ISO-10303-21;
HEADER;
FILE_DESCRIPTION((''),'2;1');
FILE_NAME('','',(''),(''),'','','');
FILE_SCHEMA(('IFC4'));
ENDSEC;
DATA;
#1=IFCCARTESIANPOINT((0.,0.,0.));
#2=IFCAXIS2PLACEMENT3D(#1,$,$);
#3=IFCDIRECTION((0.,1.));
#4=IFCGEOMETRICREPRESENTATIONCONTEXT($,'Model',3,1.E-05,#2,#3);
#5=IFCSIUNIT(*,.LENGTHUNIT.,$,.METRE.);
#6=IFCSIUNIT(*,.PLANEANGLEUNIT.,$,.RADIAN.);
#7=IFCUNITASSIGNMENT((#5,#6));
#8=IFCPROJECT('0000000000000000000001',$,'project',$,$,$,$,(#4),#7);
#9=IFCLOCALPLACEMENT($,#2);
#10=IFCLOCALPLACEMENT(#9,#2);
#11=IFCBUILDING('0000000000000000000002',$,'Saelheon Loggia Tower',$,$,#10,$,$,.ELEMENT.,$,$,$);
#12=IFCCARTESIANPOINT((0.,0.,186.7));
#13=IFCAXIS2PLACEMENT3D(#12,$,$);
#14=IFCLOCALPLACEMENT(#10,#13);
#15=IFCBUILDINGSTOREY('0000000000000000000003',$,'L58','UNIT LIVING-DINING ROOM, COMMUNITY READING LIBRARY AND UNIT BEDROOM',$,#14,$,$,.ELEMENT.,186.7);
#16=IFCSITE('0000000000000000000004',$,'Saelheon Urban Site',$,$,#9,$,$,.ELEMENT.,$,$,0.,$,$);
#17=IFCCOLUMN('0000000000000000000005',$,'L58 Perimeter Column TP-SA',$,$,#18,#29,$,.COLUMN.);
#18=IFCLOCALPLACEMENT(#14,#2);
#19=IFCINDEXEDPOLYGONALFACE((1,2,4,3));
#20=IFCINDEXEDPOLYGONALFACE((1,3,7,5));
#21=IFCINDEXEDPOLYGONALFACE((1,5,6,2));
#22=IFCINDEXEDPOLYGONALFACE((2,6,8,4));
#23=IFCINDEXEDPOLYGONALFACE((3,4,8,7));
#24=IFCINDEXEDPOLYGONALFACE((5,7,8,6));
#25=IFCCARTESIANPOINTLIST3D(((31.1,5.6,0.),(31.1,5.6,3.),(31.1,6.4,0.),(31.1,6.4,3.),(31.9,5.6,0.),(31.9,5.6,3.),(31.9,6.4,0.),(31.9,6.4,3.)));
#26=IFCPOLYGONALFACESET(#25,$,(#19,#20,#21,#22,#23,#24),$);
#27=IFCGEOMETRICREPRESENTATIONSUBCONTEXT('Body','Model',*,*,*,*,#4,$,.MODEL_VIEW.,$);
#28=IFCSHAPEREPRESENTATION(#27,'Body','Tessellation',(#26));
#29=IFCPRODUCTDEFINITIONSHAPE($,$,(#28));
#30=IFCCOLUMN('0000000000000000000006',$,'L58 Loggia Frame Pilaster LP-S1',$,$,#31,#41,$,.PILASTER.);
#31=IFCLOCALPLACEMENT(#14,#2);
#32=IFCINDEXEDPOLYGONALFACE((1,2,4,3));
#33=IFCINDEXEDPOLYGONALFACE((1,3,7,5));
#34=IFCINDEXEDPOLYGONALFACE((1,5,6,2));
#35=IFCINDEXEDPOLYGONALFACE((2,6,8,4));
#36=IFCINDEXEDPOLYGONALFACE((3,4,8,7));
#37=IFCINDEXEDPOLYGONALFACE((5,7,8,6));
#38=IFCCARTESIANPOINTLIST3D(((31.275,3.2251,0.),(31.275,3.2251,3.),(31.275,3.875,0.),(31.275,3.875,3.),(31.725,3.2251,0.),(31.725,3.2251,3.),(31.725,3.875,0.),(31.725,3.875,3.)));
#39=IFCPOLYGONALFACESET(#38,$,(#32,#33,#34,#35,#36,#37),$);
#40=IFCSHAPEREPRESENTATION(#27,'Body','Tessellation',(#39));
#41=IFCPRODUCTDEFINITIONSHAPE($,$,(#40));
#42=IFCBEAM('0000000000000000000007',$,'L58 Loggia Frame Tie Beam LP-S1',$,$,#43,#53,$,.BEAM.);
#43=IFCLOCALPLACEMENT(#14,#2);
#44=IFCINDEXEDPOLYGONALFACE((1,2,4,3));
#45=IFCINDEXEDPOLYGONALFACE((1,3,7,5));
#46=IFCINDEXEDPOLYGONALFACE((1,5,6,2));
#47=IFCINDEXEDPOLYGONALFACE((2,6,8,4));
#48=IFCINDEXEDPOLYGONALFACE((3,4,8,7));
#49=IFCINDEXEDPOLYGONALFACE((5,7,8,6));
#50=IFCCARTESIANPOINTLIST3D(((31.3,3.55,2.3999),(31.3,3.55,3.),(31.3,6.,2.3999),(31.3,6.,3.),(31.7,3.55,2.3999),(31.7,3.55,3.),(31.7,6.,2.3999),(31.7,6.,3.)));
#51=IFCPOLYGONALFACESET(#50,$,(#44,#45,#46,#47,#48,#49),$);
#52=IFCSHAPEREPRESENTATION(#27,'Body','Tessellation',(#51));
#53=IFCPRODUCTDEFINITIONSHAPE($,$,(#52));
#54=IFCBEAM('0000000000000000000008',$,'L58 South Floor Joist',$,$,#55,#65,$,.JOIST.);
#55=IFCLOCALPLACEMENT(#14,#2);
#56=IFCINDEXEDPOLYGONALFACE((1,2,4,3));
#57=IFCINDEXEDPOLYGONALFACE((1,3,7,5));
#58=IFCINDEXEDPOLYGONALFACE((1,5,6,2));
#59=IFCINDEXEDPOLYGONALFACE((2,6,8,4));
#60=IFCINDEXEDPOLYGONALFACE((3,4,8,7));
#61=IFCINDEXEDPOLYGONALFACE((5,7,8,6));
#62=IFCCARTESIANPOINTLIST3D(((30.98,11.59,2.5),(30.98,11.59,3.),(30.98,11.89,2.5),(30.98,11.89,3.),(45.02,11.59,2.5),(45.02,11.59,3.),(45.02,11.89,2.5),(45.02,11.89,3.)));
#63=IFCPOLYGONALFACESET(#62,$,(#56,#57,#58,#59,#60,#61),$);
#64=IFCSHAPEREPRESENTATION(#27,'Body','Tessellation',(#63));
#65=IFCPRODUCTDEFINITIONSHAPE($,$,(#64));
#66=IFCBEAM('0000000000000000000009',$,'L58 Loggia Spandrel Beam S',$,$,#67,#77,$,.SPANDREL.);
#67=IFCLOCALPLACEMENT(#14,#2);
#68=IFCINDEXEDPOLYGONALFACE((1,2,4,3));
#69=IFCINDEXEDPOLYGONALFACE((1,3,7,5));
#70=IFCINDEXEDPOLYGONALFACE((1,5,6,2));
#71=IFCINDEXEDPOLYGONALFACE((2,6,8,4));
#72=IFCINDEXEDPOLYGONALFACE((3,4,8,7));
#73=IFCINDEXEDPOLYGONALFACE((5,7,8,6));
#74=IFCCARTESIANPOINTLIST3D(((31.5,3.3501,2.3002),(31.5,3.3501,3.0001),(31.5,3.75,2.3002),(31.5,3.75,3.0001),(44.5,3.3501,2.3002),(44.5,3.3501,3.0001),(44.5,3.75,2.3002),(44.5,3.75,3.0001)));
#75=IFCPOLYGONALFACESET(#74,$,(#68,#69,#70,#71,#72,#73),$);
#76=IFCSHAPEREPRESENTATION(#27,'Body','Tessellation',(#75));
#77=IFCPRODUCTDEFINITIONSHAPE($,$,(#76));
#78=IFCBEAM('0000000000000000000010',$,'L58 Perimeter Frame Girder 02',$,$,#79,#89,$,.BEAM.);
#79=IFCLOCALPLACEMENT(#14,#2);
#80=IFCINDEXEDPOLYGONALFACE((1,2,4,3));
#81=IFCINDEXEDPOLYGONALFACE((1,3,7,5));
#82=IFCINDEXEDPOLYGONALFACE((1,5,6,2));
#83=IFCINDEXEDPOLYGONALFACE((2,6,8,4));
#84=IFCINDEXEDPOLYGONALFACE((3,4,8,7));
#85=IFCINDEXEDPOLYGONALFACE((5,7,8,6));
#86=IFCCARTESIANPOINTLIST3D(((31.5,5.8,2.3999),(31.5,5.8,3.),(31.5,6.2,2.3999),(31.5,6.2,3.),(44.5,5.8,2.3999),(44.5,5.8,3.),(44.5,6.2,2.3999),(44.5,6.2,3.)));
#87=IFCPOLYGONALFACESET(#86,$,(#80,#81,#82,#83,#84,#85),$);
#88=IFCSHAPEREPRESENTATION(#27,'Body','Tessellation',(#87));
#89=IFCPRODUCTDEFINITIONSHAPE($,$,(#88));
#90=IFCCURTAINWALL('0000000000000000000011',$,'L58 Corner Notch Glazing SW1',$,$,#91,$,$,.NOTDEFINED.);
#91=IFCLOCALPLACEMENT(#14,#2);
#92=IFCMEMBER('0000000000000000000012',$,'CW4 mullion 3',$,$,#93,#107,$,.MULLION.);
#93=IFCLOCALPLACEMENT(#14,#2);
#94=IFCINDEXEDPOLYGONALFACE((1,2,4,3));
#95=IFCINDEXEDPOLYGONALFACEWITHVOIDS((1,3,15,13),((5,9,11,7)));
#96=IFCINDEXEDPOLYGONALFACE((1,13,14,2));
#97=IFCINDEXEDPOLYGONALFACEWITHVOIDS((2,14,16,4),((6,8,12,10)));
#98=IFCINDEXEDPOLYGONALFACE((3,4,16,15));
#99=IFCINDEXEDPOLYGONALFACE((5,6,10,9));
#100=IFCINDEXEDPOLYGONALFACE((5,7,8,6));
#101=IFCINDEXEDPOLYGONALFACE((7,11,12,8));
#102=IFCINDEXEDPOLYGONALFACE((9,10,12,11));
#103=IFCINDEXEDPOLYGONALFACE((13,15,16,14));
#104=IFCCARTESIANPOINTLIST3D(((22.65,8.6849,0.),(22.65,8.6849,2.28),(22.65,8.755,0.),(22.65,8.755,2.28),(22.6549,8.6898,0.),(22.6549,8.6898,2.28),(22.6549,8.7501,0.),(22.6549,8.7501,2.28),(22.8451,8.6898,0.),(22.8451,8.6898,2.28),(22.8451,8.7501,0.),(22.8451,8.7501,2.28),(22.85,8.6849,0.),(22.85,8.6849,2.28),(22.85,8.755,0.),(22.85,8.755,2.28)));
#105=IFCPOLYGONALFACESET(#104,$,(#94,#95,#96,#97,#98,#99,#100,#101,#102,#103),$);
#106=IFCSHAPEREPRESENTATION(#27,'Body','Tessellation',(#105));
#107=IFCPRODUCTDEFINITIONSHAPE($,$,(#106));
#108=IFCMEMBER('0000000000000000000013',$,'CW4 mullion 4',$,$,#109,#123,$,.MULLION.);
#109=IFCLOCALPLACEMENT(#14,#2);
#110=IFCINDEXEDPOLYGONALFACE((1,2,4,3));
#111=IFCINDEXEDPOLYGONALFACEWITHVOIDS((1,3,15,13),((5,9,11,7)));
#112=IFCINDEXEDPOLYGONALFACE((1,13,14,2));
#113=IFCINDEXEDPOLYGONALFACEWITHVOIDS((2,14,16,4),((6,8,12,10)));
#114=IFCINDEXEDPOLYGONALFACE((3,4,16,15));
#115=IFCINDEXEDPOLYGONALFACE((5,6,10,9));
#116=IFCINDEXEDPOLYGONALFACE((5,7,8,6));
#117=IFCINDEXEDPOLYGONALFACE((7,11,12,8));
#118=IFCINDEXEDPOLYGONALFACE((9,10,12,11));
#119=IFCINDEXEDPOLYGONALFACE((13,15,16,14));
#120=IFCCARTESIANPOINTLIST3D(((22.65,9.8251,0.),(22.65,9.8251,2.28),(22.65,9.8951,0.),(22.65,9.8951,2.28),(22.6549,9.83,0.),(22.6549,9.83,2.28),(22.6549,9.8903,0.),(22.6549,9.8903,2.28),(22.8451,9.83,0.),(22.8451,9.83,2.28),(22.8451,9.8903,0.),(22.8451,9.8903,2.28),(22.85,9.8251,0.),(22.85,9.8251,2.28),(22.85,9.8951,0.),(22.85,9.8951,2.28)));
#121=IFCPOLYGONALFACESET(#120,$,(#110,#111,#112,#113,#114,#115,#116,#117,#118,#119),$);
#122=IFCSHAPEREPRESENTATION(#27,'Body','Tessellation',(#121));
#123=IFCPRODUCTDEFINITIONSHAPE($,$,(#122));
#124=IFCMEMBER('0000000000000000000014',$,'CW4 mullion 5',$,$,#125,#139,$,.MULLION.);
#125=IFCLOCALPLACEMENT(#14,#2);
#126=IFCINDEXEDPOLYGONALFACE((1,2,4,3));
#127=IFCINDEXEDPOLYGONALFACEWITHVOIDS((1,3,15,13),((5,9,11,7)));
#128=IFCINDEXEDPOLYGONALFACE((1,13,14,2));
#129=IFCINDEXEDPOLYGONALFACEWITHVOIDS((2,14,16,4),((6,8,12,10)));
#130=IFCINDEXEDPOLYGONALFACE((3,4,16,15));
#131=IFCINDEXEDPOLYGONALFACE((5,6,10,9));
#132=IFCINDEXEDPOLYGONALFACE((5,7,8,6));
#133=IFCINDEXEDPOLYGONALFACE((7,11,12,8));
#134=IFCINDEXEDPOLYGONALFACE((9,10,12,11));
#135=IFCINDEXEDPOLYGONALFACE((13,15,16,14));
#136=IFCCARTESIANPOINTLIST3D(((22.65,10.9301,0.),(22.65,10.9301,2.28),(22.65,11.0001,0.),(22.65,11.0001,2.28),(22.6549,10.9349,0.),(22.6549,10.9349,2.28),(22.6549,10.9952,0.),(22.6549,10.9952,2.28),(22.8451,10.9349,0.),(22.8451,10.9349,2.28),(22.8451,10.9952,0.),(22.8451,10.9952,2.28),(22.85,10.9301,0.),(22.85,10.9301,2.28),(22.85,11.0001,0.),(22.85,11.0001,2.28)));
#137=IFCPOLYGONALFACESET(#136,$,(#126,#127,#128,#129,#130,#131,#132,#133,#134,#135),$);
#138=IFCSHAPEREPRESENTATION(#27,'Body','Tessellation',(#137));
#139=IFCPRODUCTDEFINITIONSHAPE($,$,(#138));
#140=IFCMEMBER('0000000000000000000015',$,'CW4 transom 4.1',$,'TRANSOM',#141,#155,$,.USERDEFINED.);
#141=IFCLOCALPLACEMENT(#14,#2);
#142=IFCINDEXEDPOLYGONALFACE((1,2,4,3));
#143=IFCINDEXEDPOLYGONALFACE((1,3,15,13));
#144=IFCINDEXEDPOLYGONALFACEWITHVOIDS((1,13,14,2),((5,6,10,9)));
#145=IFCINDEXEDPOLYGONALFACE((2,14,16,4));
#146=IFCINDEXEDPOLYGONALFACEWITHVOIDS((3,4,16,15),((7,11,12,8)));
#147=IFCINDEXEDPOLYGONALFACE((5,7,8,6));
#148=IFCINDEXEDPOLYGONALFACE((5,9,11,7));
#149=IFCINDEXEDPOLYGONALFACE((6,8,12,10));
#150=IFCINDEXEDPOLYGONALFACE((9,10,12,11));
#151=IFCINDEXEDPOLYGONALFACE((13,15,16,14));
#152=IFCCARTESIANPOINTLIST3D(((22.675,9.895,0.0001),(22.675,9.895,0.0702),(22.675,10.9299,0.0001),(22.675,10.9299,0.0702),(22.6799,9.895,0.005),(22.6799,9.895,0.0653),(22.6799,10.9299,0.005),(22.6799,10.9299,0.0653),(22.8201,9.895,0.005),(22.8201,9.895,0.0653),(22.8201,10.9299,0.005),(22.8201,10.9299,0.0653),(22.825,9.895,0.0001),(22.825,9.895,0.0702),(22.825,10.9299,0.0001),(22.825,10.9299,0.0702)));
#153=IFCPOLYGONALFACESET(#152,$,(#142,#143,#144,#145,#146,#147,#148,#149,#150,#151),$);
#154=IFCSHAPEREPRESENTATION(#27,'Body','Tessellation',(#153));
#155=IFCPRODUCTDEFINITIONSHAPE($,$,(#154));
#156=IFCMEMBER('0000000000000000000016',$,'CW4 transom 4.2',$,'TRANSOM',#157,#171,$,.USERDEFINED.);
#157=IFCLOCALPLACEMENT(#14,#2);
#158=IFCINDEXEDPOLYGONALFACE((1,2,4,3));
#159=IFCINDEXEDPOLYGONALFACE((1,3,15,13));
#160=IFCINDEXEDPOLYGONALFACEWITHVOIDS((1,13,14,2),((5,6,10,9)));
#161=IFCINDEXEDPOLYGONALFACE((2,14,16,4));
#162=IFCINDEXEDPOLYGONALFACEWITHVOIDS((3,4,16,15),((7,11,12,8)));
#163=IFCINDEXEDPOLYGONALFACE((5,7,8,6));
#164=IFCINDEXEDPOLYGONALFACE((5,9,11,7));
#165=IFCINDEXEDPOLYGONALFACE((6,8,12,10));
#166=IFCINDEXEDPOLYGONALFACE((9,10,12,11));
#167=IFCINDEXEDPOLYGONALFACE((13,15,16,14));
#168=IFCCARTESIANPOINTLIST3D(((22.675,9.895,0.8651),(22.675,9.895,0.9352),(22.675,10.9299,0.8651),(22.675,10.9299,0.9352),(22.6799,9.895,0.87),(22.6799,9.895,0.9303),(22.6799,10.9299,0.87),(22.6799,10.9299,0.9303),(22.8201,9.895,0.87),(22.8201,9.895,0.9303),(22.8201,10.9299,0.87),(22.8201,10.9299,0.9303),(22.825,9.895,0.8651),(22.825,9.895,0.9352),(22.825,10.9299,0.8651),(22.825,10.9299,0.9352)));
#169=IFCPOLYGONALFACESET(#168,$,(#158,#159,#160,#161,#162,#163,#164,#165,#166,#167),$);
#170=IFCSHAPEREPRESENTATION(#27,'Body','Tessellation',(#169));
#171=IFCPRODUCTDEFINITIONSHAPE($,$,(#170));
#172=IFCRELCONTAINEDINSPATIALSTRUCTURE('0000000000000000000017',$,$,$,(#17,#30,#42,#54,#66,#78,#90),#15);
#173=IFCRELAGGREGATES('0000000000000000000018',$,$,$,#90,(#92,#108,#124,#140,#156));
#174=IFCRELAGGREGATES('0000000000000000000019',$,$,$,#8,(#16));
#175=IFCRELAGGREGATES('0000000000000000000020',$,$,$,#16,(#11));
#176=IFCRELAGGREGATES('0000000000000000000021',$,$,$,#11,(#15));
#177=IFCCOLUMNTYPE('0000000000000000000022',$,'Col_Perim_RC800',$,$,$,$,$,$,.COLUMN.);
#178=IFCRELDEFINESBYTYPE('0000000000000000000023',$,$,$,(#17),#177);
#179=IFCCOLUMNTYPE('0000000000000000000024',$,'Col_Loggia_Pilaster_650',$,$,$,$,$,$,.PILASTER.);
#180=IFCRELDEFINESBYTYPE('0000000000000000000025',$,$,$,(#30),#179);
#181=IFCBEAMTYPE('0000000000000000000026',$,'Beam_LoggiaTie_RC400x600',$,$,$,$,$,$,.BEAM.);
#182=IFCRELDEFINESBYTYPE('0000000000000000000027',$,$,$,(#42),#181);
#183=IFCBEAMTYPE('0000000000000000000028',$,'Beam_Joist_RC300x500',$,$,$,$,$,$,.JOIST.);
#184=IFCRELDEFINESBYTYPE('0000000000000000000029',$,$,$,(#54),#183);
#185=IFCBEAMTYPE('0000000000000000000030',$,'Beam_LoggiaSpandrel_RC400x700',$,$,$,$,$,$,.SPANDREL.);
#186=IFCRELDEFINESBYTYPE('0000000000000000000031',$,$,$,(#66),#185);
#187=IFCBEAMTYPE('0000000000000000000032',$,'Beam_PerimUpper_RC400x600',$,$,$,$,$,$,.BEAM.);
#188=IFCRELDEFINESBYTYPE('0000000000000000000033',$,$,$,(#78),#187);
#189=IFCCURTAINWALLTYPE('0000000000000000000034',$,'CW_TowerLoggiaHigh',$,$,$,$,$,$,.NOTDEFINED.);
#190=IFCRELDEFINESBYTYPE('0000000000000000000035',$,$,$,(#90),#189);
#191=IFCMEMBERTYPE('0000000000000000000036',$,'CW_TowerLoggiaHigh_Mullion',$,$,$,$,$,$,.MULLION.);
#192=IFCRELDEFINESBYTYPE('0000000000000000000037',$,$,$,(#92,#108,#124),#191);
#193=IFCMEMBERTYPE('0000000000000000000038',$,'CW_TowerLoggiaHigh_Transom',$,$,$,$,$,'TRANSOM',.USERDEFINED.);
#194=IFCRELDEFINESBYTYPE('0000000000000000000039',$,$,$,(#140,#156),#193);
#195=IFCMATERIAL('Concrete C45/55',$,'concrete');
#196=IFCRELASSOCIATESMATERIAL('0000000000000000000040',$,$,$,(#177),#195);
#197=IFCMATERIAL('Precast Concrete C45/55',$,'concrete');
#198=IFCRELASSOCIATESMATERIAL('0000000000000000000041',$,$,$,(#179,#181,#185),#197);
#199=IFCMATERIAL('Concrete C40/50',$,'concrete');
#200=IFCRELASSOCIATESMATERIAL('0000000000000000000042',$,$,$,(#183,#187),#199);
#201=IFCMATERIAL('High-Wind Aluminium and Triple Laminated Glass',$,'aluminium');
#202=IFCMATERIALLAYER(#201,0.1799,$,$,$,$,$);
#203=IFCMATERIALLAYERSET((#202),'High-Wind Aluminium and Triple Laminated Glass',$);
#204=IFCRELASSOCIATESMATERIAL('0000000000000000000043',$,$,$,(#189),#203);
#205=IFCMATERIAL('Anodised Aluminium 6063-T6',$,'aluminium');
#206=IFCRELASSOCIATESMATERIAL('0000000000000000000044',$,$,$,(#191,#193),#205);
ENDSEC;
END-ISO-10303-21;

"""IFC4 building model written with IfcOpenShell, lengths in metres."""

from ifc_helpers import new_model, si_unit, direction, frame, origin, origin_2d, place, context, subcontext, project, spatial, rectangle, hollow_rectangle, extrude, source, transform, mapped, material, layer, layer_set, material_profile, profile_set, type_object, element, aggregate, save


model = new_model("IFC4")

# Units and contexts
model_context = context("Model", 3, precision=1e-05, world=origin(), true_north=direction((0.0, 1.0)))
body_context = subcontext(model_context, "Body", "Model", "MODEL_VIEW")
ifc_project = project(units=[si_unit("LENGTHUNIT", "METRE"), si_unit("PLANEANGLEUNIT", "RADIAN")], contexts=[model_context])

# Site, building, storey
site_placement = place(None, origin())
site = spatial("IfcSite", under=ifc_project, at=site_placement, Name="Saelheon Urban Site", CompositionType="ELEMENT", RefElevation=0.0)
building_placement = place(site_placement, origin())
building = spatial("IfcBuilding", under=site, at=building_placement, Name="Saelheon Loggia Tower", CompositionType="ELEMENT")
storey_placement = place(building_placement, frame((0.0, 0.0, 186.7)))
storey = spatial("IfcBuildingStorey", under=building, at=storey_placement, Name="L58", Description="UNIT LIVING-DINING ROOM, COMMUNITY READING LIBRARY AND UNIT BEDROOM", CompositionType="ELEMENT", Elevation=186.7)

# Columns
ifc_material_1 = material(Name="Concrete C45/55", Category="concrete")
ifc_material_profile_1 = material_profile(ifc_material_1, rectangle(XDim=0.8, YDim=0.8, at=origin_2d()), Name="RC-800x800")
ifc_profile_set_1 = profile_set([ifc_material_profile_1], Name="Concrete C45/55")
column_type_1 = type_object("IfcColumnType", Name="Col_Perim_RC800", PredefinedType="COLUMN", material=ifc_profile_set_1)
shared_shape_1 = source(origin(), body_context, "Body", "SweptSolid", [
    extrude(rectangle(XDim=0.8, YDim=0.8, at=origin_2d()), origin(), (0.0, 0.0, 1.0), 3.0),
])
column_1_placement = place(storey_placement, frame((31.5, 6.0, 0.0), z_axis=(0.0, 0.0, 1.0), x_axis=(1.0, 0.0, 0.0)))
element("IfcColumn", 1, at=column_1_placement, inside=storey, type_object=column_type_1, Name="L58 Perimeter Column TP-SA", PredefinedType="COLUMN", context=body_context, shape_type="MappedRepresentation", body=[
    mapped(shared_shape_1, transform((0.0, 0.0, 0.0), scale=1.0)),
])
ifc_material_2 = material(Name="Precast Concrete C45/55", Category="concrete")
ifc_material_profile_2 = material_profile(ifc_material_2, rectangle(XDim=0.45, YDim=0.6499, at=origin_2d()), Name="RC-450x650")
ifc_profile_set_2 = profile_set([ifc_material_profile_2], Name="Precast Concrete C45/55")
column_type_2 = type_object("IfcColumnType", Name="Col_Loggia_Pilaster_650", PredefinedType="PILASTER", material=ifc_profile_set_2)
shared_shape_2 = source(origin(), body_context, "Body", "SweptSolid", [
    extrude(rectangle(XDim=0.45, YDim=0.6499, at=origin_2d()), origin(), (0.0, 0.0, 1.0), 3.0),
])
column_2_placement = place(storey_placement, frame((31.5, 3.55, 0.0), z_axis=(0.0, 0.0, 1.0), x_axis=(1.0, 0.0, 0.0)))
element("IfcColumn", 2, at=column_2_placement, inside=storey, type_object=column_type_2, Name="L58 Loggia Frame Pilaster LP-S1", PredefinedType="PILASTER", context=body_context, shape_type="MappedRepresentation", body=[
    mapped(shared_shape_2, transform((0.0, 0.0, 0.0), scale=1.0)),
])

# Beams
ifc_material_profile_3 = material_profile(ifc_material_2, rectangle(XDim=0.3999, YDim=0.6001, at=origin_2d()), Name="RC-400x600")
ifc_profile_set_3 = profile_set([ifc_material_profile_3], Name="Precast Concrete C45/55")
beam_type_1 = type_object("IfcBeamType", Name="Beam_LoggiaTie_RC400x600", PredefinedType="BEAM", material=ifc_profile_set_3)
shared_shape_3 = source(origin(), body_context, "Body", "SweptSolid", [
    extrude(rectangle(XDim=0.3999, YDim=0.6001, at=origin_2d()), origin(), (0.0, 0.0, 1.0), 2.45),
])
beam_1_placement = place(storey_placement, frame((31.5, 6.0, 2.7), z_axis=(0.0, -1.0, 0.0), x_axis=(1.0, 0.0, 0.0)))
element("IfcBeam", 3, at=beam_1_placement, inside=storey, type_object=beam_type_1, Name="L58 Loggia Frame Tie Beam LP-S1", PredefinedType="BEAM", context=body_context, shape_type="MappedRepresentation", body=[
    mapped(shared_shape_3, transform((0.0, 0.0, 0.0), scale=1.0)),
])
ifc_material_3 = material(Name="Concrete C40/50", Category="concrete")
ifc_material_profile_4 = material_profile(ifc_material_3, rectangle(XDim=0.3, YDim=0.5, at=origin_2d()), Name="RC-300x500")
ifc_profile_set_4 = profile_set([ifc_material_profile_4], Name="Concrete C40/50")
beam_type_2 = type_object("IfcBeamType", Name="Beam_Joist_RC300x500", PredefinedType="JOIST", material=ifc_profile_set_4)
shared_shape_4 = source(origin(), body_context, "Body", "SweptSolid", [
    extrude(rectangle(XDim=0.3, YDim=0.5, at=origin_2d()), origin(), (0.0, 0.0, 1.0), 14.04),
])
beam_2_placement = place(storey_placement, frame((30.98, 11.74, 2.75), z_axis=(1.0, 0.0, 0.0), x_axis=(0.0, 1.0, 0.0)))
element("IfcBeam", 4, at=beam_2_placement, inside=storey, type_object=beam_type_2, Name="L58 South Floor Joist", PredefinedType="JOIST", context=body_context, shape_type="MappedRepresentation", body=[
    mapped(shared_shape_4, transform((0.0, 0.0, 0.0), scale=1.0)),
])
ifc_material_profile_5 = material_profile(ifc_material_2, rectangle(XDim=0.3999, YDim=0.7, at=origin_2d()), Name="RC-400x700")
ifc_profile_set_5 = profile_set([ifc_material_profile_5], Name="Precast Concrete C45/55")
beam_type_3 = type_object("IfcBeamType", Name="Beam_LoggiaSpandrel_RC400x700", PredefinedType="SPANDREL", material=ifc_profile_set_5)
shared_shape_5 = source(origin(), body_context, "Body", "SweptSolid", [
    extrude(rectangle(XDim=0.3999, YDim=0.7, at=origin_2d()), origin(), (0.0, 0.0, 1.0), 13.0),
])
beam_3_placement = place(storey_placement, frame((31.5, 3.55, 2.6501), z_axis=(1.0, 0.0, 0.0), x_axis=(0.0, 1.0, 0.0)))
element("IfcBeam", 5, at=beam_3_placement, inside=storey, type_object=beam_type_3, Name="L58 Loggia Spandrel Beam S", PredefinedType="SPANDREL", context=body_context, shape_type="MappedRepresentation", body=[
    mapped(shared_shape_5, transform((0.0, 0.0, 0.0), scale=1.0)),
])
ifc_material_profile_6 = material_profile(ifc_material_3, rectangle(XDim=0.3999, YDim=0.6001, at=origin_2d()), Name="RC-400x600")
ifc_profile_set_6 = profile_set([ifc_material_profile_6], Name="Concrete C40/50")
beam_type_4 = type_object("IfcBeamType", Name="Beam_PerimUpper_RC400x600", PredefinedType="BEAM", material=ifc_profile_set_6)
shared_shape_6 = source(origin(), body_context, "Body", "SweptSolid", [
    extrude(rectangle(XDim=0.3999, YDim=0.6001, at=origin_2d()), origin(), (0.0, 0.0, 1.0), 13.0),
])
beam_4_placement = place(storey_placement, frame((31.5, 6.0, 2.7), z_axis=(1.0, 0.0, 0.0), x_axis=(0.0, 1.0, 0.0)))
element("IfcBeam", 6, at=beam_4_placement, inside=storey, type_object=beam_type_4, Name="L58 Perimeter Frame Girder 02", PredefinedType="BEAM", context=body_context, shape_type="MappedRepresentation", body=[
    mapped(shared_shape_6, transform((0.0, 0.0, 0.0), scale=1.0)),
])

# Curtain wall, members
ifc_material_4 = material(Name="High-Wind Aluminium and Triple Laminated Glass", Category="aluminium")
ifc_layer_1 = layer(ifc_material_4, 0.1799)
ifc_layer_set_1 = layer_set([ifc_layer_1], Name="High-Wind Aluminium and Triple Laminated Glass")
curtain_wall_type = type_object("IfcCurtainWallType", Name="CW_TowerLoggiaHigh", PredefinedType="NOTDEFINED", material=ifc_layer_set_1)
curtain_wall_placement = place(storey_placement, origin())
curtain_wall = element("IfcCurtainWall", 7, at=curtain_wall_placement, inside=storey, type_object=curtain_wall_type, Name="L58 Corner Notch Glazing SW1", PredefinedType="NOTDEFINED")
ifc_material_5 = material(Name="Anodised Aluminium 6063-T6", Category="aluminium")
ifc_material_profile_7 = material_profile(ifc_material_5, hollow_rectangle(XDim=0.0701, YDim=0.2, WallThickness=0.0049, at=origin_2d()), Name="RHS-200x70x5")
ifc_profile_set_7 = profile_set([ifc_material_profile_7], Name="Anodised Aluminium 6063-T6")
member_type_1 = type_object("IfcMemberType", Name="CW_TowerLoggiaHigh_Mullion", PredefinedType="MULLION", material=ifc_profile_set_7)
shared_shape_7 = source(origin(), body_context, "Body", "SweptSolid", [
    extrude(hollow_rectangle(XDim=0.0701, YDim=0.2, WallThickness=0.0049, at=origin_2d()), origin(), (0.0, 0.0, 1.0), 2.28),
])
member_1_placement = place(storey_placement, frame((22.75, 8.72, 0.0), z_axis=(0.0, 0.0, 1.0), x_axis=(0.0, 1.0, 0.0)))
member_1 = element("IfcMember", 8, at=member_1_placement, type_object=member_type_1, Name="CW4 mullion 3", PredefinedType="MULLION", context=body_context, shape_type="MappedRepresentation", body=[
    mapped(shared_shape_7, transform((0.0, 0.0, 0.0), scale=1.0)),
])
member_2_placement = place(storey_placement, frame((22.75, 9.8601, 0.0), z_axis=(0.0, 0.0, 1.0), x_axis=(0.0, 1.0, 0.0)))
member_2 = element("IfcMember", 9, at=member_2_placement, type_object=member_type_1, Name="CW4 mullion 4", PredefinedType="MULLION", context=body_context, shape_type="MappedRepresentation", body=[
    mapped(shared_shape_7, transform((0.0, 0.0, 0.0), scale=1.0)),
])
member_3_placement = place(storey_placement, frame((22.75, 10.9651, 0.0), z_axis=(0.0, 0.0, 1.0), x_axis=(0.0, 1.0, 0.0)))
member_3 = element("IfcMember", 10, at=member_3_placement, type_object=member_type_1, Name="CW4 mullion 5", PredefinedType="MULLION", context=body_context, shape_type="MappedRepresentation", body=[
    mapped(shared_shape_7, transform((0.0, 0.0, 0.0), scale=1.0)),
])
ifc_material_profile_8 = material_profile(ifc_material_5, hollow_rectangle(XDim=0.0701, YDim=0.1499, WallThickness=0.0049, at=origin_2d()), Name="RHS-150x70x5")
ifc_profile_set_8 = profile_set([ifc_material_profile_8], Name="Anodised Aluminium 6063-T6")
member_type_2 = type_object("IfcMemberType", Name="CW_TowerLoggiaHigh_Transom", ElementType="TRANSOM", PredefinedType="USERDEFINED", material=ifc_profile_set_8)
shared_shape_8 = source(origin(), body_context, "Body", "SweptSolid", [
    extrude(hollow_rectangle(XDim=0.0701, YDim=0.1499, WallThickness=0.0049, at=origin_2d()), origin(), (0.0, 0.0, 1.0), 1.0349),
])
member_4_placement = place(storey_placement, frame((22.75, 9.895, 0.0352), z_axis=(0.0, 1.0, 0.0), x_axis=(0.0, 0.0, 1.0)))
member_4 = element("IfcMember", 11, at=member_4_placement, type_object=member_type_2, Name="CW4 transom 4.1", ObjectType="TRANSOM", PredefinedType="USERDEFINED", context=body_context, shape_type="MappedRepresentation", body=[
    mapped(shared_shape_8, transform((0.0, 0.0, 0.0), scale=1.0)),
])
member_5_placement = place(storey_placement, frame((22.75, 9.895, 0.9001), z_axis=(0.0, 1.0, 0.0), x_axis=(0.0, 0.0, 1.0)))
member_5 = element("IfcMember", 12, at=member_5_placement, type_object=member_type_2, Name="CW4 transom 4.2", ObjectType="TRANSOM", PredefinedType="USERDEFINED", context=body_context, shape_type="MappedRepresentation", body=[
    mapped(shared_shape_8, transform((0.0, 0.0, 0.0), scale=1.0)),
])
aggregate(curtain_wall, [member_1, member_2, member_3, member_4, member_5])

save(model, "model.ifc")
